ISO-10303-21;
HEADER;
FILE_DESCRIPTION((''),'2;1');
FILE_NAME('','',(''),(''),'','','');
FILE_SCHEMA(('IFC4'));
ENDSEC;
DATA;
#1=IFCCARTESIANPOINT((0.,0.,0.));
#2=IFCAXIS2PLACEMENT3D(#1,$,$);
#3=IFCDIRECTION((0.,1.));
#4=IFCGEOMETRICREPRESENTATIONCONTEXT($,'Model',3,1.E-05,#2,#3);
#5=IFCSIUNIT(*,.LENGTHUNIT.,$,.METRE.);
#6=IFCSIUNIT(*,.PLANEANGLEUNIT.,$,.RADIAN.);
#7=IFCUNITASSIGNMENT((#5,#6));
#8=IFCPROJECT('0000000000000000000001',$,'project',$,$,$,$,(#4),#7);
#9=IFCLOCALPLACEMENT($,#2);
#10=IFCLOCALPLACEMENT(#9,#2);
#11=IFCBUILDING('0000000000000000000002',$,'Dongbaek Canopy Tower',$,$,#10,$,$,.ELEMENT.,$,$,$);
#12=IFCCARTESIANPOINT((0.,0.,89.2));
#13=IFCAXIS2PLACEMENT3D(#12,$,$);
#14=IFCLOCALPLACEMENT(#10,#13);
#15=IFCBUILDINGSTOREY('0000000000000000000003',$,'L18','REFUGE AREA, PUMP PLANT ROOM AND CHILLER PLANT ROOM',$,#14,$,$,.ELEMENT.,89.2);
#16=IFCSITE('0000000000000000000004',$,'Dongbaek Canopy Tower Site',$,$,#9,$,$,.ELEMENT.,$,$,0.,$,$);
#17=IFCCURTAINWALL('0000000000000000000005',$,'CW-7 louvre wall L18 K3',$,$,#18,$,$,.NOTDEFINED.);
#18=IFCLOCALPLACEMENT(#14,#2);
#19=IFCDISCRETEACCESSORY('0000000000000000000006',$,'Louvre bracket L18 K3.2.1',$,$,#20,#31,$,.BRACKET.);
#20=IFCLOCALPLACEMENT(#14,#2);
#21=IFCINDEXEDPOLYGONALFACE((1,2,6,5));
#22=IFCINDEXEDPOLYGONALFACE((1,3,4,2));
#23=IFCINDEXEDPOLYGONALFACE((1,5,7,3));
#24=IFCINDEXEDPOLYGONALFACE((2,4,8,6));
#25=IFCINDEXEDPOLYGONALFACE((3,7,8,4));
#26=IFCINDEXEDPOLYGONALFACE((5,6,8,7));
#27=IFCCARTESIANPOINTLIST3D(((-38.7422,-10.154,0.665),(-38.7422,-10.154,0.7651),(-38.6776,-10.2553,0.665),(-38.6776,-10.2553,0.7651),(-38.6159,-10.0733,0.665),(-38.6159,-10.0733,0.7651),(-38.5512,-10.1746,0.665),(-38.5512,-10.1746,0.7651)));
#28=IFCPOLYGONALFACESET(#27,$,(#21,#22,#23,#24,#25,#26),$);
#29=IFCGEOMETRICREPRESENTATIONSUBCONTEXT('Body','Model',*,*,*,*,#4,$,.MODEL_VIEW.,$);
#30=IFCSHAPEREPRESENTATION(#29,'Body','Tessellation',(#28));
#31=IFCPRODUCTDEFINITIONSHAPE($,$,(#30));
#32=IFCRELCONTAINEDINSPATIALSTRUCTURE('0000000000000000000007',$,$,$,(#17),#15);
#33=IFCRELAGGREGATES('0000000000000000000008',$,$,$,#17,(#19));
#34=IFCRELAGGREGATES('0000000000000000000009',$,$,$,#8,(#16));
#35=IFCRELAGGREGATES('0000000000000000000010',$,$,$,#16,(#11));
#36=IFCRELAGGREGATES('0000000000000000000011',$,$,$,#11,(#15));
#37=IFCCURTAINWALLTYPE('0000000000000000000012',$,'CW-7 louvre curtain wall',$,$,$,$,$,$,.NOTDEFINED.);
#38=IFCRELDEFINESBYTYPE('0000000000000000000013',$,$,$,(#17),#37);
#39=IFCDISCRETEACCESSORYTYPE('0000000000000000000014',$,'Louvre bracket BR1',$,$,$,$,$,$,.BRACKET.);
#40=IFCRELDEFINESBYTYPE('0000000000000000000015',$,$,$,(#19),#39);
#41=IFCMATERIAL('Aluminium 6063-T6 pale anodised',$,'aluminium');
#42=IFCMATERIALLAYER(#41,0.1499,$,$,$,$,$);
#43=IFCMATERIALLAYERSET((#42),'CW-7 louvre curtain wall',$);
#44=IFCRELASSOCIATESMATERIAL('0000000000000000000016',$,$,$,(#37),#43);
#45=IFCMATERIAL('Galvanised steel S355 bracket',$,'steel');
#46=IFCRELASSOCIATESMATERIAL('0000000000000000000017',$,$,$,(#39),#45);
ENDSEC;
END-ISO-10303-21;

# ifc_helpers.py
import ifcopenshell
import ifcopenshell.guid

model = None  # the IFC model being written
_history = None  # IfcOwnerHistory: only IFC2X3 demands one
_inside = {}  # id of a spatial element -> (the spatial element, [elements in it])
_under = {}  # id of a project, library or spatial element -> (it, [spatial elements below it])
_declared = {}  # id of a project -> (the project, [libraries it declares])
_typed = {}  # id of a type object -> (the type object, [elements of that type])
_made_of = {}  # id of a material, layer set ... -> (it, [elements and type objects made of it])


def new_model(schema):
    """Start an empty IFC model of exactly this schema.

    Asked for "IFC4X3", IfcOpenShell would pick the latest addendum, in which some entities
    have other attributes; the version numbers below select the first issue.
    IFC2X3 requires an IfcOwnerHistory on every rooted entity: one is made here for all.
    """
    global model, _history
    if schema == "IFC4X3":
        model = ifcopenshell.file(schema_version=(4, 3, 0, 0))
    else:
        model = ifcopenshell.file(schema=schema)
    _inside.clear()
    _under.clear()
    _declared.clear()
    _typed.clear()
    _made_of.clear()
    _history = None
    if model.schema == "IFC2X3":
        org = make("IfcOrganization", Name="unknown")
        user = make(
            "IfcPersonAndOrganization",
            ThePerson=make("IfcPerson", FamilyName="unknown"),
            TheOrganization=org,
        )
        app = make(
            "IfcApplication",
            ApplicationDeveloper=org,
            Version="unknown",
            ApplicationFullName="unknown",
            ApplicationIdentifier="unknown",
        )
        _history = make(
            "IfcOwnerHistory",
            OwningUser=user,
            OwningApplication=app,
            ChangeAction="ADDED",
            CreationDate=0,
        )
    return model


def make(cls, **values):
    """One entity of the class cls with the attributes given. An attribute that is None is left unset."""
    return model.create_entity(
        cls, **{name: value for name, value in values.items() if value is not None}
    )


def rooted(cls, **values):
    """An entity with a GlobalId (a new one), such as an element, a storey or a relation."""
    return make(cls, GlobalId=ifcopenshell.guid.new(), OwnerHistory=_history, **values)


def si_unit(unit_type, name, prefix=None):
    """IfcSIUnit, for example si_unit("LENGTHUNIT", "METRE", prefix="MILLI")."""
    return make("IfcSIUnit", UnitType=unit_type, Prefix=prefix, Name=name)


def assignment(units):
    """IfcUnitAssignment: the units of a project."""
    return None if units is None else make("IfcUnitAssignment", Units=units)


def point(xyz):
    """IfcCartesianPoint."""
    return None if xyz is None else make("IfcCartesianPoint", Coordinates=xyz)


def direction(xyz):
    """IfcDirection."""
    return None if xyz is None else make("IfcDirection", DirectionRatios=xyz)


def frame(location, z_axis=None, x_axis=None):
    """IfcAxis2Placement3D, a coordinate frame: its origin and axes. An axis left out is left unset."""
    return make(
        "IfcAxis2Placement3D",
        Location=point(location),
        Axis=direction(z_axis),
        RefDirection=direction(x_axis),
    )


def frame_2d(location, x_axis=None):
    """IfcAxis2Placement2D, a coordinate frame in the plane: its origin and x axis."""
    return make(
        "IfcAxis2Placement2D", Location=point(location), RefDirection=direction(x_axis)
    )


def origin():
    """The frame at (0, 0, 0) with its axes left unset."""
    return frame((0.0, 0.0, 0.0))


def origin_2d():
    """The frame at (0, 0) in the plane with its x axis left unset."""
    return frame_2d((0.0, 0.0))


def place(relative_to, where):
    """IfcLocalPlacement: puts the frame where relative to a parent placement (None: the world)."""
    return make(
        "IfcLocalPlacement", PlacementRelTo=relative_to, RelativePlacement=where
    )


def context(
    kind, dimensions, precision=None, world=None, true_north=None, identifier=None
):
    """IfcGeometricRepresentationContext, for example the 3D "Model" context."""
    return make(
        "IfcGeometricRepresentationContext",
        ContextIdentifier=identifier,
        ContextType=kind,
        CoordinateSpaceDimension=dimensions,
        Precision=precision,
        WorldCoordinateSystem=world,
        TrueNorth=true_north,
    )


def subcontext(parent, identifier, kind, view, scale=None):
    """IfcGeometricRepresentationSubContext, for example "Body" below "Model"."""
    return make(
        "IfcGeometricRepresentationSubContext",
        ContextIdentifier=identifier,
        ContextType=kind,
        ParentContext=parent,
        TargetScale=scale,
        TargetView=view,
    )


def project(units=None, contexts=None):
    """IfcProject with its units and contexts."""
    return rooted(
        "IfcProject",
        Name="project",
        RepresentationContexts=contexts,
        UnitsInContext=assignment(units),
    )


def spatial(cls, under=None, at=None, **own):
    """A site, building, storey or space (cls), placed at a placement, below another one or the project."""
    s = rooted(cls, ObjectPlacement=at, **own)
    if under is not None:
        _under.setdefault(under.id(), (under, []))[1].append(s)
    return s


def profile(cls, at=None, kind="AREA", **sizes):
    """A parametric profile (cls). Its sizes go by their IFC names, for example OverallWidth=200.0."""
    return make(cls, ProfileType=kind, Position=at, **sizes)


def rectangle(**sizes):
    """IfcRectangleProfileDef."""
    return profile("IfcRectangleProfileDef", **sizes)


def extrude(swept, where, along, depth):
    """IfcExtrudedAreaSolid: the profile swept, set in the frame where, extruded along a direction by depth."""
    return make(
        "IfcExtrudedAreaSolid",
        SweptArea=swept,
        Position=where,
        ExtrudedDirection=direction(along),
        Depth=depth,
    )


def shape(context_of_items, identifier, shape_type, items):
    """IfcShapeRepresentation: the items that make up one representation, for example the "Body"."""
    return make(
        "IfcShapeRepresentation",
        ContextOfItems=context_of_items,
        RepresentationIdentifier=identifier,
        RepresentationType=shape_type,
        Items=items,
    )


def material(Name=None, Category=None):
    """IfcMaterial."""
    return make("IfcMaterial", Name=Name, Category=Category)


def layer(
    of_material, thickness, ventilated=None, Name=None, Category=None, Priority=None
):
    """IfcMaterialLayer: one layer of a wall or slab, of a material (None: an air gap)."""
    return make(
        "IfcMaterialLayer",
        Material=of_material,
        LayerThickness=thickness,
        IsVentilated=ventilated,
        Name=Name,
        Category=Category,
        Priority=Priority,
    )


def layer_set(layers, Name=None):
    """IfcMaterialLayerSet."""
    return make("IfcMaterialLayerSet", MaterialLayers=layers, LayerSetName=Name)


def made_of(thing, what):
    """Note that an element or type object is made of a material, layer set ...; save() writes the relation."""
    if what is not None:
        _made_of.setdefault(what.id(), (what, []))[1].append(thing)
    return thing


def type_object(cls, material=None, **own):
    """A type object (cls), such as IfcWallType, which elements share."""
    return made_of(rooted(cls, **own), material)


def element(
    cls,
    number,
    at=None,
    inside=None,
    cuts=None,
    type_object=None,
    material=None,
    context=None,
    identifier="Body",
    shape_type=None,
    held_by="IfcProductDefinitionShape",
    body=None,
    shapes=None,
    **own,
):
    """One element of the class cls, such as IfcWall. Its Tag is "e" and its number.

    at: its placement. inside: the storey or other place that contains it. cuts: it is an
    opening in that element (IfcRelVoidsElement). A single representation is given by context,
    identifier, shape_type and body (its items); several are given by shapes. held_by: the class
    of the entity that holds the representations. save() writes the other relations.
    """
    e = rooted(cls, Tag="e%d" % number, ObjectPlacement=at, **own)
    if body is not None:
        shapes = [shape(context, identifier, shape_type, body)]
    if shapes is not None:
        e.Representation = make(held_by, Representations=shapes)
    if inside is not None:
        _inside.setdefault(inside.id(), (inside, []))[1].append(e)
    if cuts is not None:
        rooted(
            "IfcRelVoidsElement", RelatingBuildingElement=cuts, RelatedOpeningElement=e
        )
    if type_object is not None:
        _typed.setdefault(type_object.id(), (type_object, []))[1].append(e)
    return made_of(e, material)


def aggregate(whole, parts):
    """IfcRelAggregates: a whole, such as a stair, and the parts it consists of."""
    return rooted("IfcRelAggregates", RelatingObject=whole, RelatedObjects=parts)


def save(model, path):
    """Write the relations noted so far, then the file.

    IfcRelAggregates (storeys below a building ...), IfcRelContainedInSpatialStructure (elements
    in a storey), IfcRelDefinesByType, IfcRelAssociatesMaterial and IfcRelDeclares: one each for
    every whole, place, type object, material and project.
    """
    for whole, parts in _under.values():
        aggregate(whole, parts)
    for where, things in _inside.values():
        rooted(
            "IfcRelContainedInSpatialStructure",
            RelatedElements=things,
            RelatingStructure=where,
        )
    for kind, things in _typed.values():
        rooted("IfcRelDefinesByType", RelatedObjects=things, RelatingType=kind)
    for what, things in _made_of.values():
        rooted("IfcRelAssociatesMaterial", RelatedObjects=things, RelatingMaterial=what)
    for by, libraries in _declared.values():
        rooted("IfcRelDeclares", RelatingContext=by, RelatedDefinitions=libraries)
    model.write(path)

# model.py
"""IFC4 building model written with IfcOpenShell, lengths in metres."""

from ifc_helpers import new_model, si_unit, direction, frame, origin, origin_2d, place, context, subcontext, project, spatial, rectangle, extrude, material, layer, layer_set, type_object, element, aggregate, save


model = new_model("IFC4")

# Units and contexts
model_context = context("Model", 3, precision=1e-05, world=origin(), true_north=direction((0.0, 1.0)))
body_context = subcontext(model_context, "Body", "Model", "MODEL_VIEW")
ifc_project = project(units=[si_unit("LENGTHUNIT", "METRE"), si_unit("PLANEANGLEUNIT", "RADIAN")], contexts=[model_context])

# Site, building, storey
site_placement = place(None, origin())
site = spatial("IfcSite", under=ifc_project, at=site_placement, Name="Dongbaek Canopy Tower Site", CompositionType="ELEMENT", RefElevation=0.0)
building_placement = place(site_placement, origin())
building = spatial("IfcBuilding", under=site, at=building_placement, Name="Dongbaek Canopy Tower", CompositionType="ELEMENT")
storey_placement = place(building_placement, frame((0.0, 0.0, 89.2)))
storey = spatial("IfcBuildingStorey", under=building, at=storey_placement, Name="L18", Description="REFUGE AREA, PUMP PLANT ROOM AND CHILLER PLANT ROOM", CompositionType="ELEMENT", Elevation=89.2)

# Shared definitions
ifc_material_1 = material(Name="Aluminium 6063-T6 pale anodised", Category="aluminium")
ifc_layer_1 = layer(ifc_material_1, 0.1499)
ifc_layer_set_1 = layer_set([ifc_layer_1], Name="CW-7 louvre curtain wall")
curtain_wall_type = type_object("IfcCurtainWallType", Name="CW-7 louvre curtain wall", PredefinedType="NOTDEFINED", material=ifc_layer_set_1)

# Curtain wall
curtain_wall_1_placement = place(storey_placement, origin())
curtain_wall_1 = element("IfcCurtainWall", 1, at=curtain_wall_1_placement, inside=storey, type_object=curtain_wall_type, Name="CW-7 louvre wall L18 K3", PredefinedType="NOTDEFINED")

# Discrete accessory
ifc_material_2 = material(Name="Galvanised steel S355 bracket", Category="steel")
discrete_accessory_type = type_object("IfcDiscreteAccessoryType", Name="Louvre bracket BR1", PredefinedType="BRACKET", material=ifc_material_2)
discrete_accessory_1_placement = place(storey_placement, frame((-38.6467, -10.1643, 0.665), z_axis=(0.0, 0.0, 1.0), x_axis=(0.538303, -0.842751, 0.0)))
discrete_accessory_1 = element("IfcDiscreteAccessory", 2, at=discrete_accessory_1_placement, type_object=discrete_accessory_type, Name="Louvre bracket L18 K3.2.1", PredefinedType="BRACKET", context=body_context, shape_type="SweptSolid", body=[
    extrude(rectangle(XDim=0.1201, YDim=0.1499, at=origin_2d()), origin(), (0.0, 0.0, 1.0), 0.1001),
])
aggregate(curtain_wall_1, [discrete_accessory_1])

save(model, "model.ifc")
